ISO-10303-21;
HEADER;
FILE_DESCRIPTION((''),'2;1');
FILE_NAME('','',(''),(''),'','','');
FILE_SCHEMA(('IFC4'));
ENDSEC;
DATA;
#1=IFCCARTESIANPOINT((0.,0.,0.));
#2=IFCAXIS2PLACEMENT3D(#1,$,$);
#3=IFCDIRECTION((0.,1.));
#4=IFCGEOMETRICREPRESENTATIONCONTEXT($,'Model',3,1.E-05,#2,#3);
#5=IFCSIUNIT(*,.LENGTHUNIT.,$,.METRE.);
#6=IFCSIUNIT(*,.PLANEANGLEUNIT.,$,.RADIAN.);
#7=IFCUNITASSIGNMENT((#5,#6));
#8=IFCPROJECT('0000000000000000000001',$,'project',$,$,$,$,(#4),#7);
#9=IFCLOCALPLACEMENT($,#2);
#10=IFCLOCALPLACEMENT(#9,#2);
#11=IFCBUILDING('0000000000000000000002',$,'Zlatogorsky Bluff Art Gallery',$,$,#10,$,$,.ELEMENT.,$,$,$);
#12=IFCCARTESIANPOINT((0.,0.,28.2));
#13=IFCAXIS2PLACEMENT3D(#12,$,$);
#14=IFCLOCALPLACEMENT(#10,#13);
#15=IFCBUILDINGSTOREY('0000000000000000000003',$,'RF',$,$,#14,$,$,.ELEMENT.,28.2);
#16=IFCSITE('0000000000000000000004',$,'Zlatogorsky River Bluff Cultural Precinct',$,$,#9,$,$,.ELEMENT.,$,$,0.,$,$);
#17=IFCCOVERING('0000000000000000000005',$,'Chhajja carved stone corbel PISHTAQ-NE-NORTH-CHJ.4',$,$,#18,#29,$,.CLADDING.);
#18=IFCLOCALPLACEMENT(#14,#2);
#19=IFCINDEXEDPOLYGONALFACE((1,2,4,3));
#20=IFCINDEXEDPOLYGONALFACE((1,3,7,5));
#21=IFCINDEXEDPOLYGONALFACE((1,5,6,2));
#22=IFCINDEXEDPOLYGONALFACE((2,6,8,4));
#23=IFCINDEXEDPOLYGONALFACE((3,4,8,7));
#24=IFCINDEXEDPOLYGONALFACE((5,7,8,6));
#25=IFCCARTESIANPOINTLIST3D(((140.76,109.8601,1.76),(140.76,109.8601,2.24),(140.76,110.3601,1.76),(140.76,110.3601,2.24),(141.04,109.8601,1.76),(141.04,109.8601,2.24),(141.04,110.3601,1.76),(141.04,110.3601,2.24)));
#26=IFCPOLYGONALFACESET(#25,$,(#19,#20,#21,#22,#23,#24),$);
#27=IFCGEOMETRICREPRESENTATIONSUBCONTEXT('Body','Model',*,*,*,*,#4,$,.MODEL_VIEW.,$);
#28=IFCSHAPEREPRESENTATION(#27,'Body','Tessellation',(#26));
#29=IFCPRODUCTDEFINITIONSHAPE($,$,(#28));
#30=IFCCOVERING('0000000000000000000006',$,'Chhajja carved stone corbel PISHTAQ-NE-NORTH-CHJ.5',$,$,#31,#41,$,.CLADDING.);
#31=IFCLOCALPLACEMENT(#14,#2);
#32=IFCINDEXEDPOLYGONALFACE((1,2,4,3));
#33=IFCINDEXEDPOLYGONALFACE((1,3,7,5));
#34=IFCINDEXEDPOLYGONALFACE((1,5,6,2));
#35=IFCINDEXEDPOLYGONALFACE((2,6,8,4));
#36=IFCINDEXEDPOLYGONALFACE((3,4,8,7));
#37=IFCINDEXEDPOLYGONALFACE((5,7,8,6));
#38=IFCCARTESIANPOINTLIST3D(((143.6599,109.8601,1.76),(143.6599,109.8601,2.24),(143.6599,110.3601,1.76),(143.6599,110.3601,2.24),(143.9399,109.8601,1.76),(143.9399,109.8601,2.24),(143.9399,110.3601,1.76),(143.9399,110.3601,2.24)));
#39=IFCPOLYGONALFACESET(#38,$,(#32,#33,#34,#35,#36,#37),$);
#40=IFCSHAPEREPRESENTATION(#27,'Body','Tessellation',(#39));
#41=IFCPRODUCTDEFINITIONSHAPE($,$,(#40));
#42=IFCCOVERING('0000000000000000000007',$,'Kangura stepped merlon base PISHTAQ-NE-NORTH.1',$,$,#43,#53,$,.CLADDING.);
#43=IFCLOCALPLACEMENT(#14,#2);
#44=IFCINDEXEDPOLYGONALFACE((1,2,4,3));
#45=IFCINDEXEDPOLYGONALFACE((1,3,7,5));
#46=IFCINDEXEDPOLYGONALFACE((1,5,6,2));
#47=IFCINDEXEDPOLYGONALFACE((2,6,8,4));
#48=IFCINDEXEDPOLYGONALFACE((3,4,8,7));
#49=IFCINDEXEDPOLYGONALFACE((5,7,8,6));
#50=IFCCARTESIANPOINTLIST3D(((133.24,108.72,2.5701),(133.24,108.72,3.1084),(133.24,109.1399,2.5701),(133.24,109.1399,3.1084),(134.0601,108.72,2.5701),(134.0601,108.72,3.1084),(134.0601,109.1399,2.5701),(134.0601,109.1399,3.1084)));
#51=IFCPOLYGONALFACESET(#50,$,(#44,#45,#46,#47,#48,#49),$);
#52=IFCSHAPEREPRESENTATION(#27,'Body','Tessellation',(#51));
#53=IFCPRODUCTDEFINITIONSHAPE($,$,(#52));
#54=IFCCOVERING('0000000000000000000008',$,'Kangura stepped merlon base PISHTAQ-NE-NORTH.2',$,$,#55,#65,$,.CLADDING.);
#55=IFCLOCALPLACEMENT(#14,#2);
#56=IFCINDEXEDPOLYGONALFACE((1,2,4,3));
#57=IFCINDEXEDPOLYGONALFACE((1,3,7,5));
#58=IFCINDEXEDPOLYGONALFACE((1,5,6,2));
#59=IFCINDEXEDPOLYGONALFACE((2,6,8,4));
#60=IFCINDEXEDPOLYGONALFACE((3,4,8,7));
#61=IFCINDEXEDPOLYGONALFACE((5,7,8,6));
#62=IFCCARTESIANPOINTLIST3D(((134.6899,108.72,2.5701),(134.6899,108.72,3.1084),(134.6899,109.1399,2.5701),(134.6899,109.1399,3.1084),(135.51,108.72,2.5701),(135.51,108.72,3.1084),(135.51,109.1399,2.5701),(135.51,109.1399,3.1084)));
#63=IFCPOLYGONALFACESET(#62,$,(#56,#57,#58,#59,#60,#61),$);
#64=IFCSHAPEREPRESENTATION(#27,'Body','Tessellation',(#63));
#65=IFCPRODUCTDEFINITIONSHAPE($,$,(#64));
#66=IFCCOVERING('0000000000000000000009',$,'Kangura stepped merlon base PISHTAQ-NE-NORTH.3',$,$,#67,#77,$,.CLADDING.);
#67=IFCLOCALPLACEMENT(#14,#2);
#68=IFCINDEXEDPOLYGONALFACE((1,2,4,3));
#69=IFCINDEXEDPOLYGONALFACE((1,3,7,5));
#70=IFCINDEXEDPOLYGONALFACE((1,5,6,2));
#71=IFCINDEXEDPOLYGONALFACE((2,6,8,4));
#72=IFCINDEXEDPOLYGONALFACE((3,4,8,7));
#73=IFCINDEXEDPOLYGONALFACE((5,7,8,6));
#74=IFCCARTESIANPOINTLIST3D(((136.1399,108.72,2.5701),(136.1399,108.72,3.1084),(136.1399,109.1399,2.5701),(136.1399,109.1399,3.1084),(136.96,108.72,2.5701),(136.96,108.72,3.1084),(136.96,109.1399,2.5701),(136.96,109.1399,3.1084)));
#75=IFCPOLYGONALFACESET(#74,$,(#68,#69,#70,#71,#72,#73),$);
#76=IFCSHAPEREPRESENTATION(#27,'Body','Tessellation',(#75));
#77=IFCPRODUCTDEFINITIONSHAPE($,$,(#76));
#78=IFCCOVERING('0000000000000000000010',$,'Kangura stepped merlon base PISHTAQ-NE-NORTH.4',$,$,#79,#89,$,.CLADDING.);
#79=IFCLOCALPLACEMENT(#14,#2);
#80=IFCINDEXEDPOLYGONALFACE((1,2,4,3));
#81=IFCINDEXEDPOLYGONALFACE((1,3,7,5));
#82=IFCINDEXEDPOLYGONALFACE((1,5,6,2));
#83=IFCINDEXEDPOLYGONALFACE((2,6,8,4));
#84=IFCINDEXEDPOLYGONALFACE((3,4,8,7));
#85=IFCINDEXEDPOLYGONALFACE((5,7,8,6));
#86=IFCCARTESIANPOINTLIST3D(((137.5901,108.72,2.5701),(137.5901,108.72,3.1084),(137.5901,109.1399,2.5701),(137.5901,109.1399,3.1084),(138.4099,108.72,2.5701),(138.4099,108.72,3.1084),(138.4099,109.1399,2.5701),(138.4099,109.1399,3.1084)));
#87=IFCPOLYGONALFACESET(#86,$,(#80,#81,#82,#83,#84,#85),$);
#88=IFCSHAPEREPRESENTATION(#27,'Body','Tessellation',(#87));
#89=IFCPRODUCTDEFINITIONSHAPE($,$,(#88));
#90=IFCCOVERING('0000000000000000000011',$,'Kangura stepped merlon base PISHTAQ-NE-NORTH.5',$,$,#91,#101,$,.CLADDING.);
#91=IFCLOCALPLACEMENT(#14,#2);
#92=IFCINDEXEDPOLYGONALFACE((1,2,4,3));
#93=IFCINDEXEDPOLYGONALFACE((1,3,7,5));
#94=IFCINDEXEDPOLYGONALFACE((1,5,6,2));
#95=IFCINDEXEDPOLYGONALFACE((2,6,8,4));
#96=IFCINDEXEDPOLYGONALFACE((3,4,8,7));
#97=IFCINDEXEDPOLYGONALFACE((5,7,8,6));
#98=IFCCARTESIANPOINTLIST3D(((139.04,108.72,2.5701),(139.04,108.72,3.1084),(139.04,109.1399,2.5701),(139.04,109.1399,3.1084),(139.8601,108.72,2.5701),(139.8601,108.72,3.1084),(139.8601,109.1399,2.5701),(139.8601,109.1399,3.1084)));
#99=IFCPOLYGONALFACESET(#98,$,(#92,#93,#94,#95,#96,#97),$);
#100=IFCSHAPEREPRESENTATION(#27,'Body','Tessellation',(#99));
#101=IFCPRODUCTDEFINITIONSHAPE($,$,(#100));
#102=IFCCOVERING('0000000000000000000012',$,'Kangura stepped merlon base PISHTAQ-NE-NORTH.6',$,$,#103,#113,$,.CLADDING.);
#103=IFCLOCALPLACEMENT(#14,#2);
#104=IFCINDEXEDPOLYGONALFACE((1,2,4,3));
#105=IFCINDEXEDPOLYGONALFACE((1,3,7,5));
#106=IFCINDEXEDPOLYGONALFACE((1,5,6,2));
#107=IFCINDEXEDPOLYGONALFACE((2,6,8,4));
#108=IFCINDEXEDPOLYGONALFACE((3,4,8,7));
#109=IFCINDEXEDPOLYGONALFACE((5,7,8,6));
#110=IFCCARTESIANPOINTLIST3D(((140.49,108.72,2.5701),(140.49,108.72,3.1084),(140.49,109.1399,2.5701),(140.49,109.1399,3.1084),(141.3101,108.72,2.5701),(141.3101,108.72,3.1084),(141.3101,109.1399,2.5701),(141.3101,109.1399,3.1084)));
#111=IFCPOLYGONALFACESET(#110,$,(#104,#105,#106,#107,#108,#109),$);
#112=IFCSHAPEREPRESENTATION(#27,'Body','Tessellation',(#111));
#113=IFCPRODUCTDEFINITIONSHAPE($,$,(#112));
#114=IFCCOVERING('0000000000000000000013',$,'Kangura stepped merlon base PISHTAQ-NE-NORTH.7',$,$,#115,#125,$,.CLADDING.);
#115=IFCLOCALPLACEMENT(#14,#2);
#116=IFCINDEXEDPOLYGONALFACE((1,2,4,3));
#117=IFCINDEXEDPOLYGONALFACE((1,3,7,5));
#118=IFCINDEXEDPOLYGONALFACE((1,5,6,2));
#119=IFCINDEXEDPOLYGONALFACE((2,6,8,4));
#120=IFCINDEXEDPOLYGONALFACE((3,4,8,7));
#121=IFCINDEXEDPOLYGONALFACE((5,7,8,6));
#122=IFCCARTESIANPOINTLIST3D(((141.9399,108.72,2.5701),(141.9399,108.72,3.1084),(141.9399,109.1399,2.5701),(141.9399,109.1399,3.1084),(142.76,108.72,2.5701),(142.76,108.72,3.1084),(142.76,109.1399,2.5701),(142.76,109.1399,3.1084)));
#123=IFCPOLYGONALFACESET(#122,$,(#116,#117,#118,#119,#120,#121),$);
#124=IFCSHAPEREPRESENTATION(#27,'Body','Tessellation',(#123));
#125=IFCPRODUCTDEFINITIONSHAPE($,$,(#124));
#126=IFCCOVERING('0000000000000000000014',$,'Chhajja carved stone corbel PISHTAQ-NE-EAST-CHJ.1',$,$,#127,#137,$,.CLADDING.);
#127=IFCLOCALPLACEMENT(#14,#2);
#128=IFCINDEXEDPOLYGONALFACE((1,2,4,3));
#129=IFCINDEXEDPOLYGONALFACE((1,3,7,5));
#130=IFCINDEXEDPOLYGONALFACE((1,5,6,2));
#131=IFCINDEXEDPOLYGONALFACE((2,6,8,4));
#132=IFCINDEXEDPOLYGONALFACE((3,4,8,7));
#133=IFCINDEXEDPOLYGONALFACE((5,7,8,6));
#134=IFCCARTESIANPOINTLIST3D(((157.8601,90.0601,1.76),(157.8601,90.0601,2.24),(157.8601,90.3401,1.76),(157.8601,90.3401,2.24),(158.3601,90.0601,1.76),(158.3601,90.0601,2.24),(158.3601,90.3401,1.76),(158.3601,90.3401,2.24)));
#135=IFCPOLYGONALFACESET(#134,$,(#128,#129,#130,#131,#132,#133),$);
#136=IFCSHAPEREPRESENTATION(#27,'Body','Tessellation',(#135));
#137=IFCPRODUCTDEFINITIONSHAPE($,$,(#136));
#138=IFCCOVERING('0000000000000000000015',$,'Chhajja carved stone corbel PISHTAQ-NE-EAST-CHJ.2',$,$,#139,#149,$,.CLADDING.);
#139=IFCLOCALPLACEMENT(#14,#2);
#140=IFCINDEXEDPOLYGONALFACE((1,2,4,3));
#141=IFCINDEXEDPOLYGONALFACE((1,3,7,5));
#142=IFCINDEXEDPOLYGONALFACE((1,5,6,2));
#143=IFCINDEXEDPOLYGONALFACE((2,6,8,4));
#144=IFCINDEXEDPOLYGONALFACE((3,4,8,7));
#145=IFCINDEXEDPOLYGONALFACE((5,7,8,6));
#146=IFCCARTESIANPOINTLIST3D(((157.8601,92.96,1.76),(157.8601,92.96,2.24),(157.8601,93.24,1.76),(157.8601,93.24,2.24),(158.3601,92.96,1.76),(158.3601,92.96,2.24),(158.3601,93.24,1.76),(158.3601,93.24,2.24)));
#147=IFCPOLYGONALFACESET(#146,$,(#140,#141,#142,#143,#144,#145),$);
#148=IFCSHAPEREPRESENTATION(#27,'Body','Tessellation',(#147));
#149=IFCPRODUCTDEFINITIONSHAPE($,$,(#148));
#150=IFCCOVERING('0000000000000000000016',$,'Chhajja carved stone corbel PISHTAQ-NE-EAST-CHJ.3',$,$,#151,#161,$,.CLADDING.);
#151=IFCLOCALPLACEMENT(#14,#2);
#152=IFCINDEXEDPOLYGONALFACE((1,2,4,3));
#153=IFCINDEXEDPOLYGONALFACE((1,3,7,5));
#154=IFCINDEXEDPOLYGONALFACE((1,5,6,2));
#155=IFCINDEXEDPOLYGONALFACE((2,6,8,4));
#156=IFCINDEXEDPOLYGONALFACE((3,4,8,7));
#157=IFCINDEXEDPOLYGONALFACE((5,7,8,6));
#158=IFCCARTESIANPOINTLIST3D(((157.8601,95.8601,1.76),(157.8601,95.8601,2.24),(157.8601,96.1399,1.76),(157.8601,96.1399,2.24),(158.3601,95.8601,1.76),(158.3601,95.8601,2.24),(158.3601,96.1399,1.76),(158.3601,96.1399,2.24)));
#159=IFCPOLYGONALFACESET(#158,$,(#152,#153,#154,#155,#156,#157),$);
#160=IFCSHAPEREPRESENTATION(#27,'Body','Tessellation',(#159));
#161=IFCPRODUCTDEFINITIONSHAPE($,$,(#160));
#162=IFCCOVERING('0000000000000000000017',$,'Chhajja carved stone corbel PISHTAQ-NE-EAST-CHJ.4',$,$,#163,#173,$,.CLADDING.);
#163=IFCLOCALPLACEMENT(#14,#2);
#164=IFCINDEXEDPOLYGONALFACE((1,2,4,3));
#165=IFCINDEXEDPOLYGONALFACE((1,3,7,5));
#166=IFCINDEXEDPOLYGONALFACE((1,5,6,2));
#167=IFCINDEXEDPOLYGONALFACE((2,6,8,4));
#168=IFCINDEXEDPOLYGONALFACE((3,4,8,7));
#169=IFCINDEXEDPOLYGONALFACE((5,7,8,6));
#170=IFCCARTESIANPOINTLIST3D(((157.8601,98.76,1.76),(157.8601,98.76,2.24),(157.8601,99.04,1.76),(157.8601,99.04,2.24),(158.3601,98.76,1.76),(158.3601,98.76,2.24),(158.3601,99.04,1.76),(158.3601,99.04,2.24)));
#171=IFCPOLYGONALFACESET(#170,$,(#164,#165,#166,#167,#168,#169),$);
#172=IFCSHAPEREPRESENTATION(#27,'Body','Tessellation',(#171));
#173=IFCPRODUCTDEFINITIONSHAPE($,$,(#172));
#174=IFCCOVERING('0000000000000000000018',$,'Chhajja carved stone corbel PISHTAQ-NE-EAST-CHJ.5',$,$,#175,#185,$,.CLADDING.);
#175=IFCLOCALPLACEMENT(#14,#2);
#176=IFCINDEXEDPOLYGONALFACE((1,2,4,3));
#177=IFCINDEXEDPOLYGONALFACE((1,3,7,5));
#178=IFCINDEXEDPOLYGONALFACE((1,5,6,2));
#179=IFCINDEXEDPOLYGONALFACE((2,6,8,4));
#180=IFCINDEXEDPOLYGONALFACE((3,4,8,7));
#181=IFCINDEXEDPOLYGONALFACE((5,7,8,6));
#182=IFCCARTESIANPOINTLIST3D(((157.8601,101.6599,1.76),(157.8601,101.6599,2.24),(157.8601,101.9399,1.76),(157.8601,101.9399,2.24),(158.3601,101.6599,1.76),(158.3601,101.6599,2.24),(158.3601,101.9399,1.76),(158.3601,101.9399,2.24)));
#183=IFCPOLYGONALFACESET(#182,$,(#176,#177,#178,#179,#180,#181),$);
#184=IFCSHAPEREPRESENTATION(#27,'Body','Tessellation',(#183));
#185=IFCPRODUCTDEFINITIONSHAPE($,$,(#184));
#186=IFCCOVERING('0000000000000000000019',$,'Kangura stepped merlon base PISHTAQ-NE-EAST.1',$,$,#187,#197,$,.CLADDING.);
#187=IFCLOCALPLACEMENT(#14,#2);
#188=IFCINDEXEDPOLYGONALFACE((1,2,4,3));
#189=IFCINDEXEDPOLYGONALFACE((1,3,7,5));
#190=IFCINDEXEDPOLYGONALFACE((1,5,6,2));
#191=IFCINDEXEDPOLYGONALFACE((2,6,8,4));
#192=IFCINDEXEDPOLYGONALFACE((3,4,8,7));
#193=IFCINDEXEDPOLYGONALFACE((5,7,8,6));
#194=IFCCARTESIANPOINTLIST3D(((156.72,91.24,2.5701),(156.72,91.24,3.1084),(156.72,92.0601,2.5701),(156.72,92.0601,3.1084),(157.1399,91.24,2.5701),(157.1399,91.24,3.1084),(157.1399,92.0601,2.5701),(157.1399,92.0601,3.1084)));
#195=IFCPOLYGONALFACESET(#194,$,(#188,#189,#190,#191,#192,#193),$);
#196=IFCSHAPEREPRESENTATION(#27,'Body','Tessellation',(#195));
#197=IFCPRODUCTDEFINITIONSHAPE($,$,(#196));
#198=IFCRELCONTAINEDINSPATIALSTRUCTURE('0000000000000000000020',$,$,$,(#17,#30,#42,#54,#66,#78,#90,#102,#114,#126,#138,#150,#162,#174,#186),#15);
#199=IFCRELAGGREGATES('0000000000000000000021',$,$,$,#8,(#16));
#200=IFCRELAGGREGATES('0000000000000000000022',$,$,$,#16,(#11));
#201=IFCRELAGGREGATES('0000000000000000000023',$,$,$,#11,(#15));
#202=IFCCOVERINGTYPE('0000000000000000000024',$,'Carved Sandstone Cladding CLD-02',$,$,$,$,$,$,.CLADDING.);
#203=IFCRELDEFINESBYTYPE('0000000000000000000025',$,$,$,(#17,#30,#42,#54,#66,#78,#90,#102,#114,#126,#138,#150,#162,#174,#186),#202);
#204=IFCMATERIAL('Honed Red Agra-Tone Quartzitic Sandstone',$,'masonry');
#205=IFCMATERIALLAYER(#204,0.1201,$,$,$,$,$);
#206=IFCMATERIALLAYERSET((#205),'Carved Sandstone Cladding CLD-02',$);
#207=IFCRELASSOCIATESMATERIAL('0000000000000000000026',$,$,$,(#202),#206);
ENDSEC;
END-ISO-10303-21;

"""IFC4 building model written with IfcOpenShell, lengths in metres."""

from ifc_helpers import new_model, si_unit, direction, frame, origin, place, context, subcontext, project, spatial, polyline, outline, extrude, material, layer, layer_set, type_object, element, save


model = new_model("IFC4")

# Units and contexts
model_context = context("Model", 3, precision=1e-05, world=origin(), true_north=direction((0.0, 1.0)))
body_context = subcontext(model_context, "Body", "Model", "MODEL_VIEW")
ifc_project = project(units=[si_unit("LENGTHUNIT", "METRE"), si_unit("PLANEANGLEUNIT", "RADIAN")], contexts=[model_context])

# Site, building, storey
site_placement = place(None, origin())
site = spatial("IfcSite", under=ifc_project, at=site_placement, Name="Zlatogorsky River Bluff Cultural Precinct", CompositionType="ELEMENT", RefElevation=0.0)
building_placement = place(site_placement, origin())
building = spatial("IfcBuilding", under=site, at=building_placement, Name="Zlatogorsky Bluff Art Gallery", CompositionType="ELEMENT")
storey_placement = place(building_placement, frame((0.0, 0.0, 28.2)))
storey = spatial("IfcBuildingStorey", under=building, at=storey_placement, Name="RF", CompositionType="ELEMENT", Elevation=28.2)

# Coverings
ifc_material = material(Name="Honed Red Agra-Tone Quartzitic Sandstone", Category="masonry")
ifc_layer = layer(ifc_material, 0.1201)
ifc_layer_set = layer_set([ifc_layer], Name="Carved Sandstone Cladding CLD-02")
covering_type = type_object("IfcCoveringType", Name="Carved Sandstone Cladding CLD-02", PredefinedType="CLADDING", material=ifc_layer_set)
covering_1_placement = place(storey_placement, frame((0.0, 0.0, 1.76)))
element("IfcCovering", 1, at=covering_1_placement, inside=storey, type_object=covering_type, Name="Chhajja carved stone corbel PISHTAQ-NE-NORTH-CHJ.4", PredefinedType="CLADDING", context=body_context, shape_type="SweptSolid", body=[
    extrude(outline(polyline([(140.76, 109.8601), (141.04, 109.8601), (141.04, 110.3601), (140.76, 110.3601), (140.76, 109.8601)])), origin(), (0.0, 0.0, 1.0), 0.48),
])
covering_2_placement = place(storey_placement, frame((0.0, 0.0, 1.76)))
element("IfcCovering", 2, at=covering_2_placement, inside=storey, type_object=covering_type, Name="Chhajja carved stone corbel PISHTAQ-NE-NORTH-CHJ.5", PredefinedType="CLADDING", context=body_context, shape_type="SweptSolid", body=[
    extrude(outline(polyline([(143.6599, 109.8601), (143.9399, 109.8601), (143.9399, 110.3601), (143.6599, 110.3601), (143.6599, 109.8601)])), origin(), (0.0, 0.0, 1.0), 0.48),
])
covering_3_placement = place(storey_placement, frame((0.0, 0.0, 2.5701)))
element("IfcCovering", 3, at=covering_3_placement, inside=storey, type_object=covering_type, Name="Kangura stepped merlon base PISHTAQ-NE-NORTH.1", PredefinedType="CLADDING", context=body_context, shape_type="SweptSolid", body=[
    extrude(outline(polyline([(133.24, 108.72), (134.0601, 108.72), (134.0601, 109.1399), (133.24, 109.1399), (133.24, 108.72)])), origin(), (0.0, 0.0, 1.0), 0.5383),
])
covering_4_placement = place(storey_placement, frame((0.0, 0.0, 2.5701)))
element("IfcCovering", 4, at=covering_4_placement, inside=storey, type_object=covering_type, Name="Kangura stepped merlon base PISHTAQ-NE-NORTH.2", PredefinedType="CLADDING", context=body_context, shape_type="SweptSolid", body=[
    extrude(outline(polyline([(134.6899, 108.72), (135.51, 108.72), (135.51, 109.1399), (134.6899, 109.1399), (134.6899, 108.72)])), origin(), (0.0, 0.0, 1.0), 0.5383),
])
covering_5_placement = place(storey_placement, frame((0.0, 0.0, 2.5701)))
element("IfcCovering", 5, at=covering_5_placement, inside=storey, type_object=covering_type, Name="Kangura stepped merlon base PISHTAQ-NE-NORTH.3", PredefinedType="CLADDING", context=body_context, shape_type="SweptSolid", body=[
    extrude(outline(polyline([(136.1399, 108.72), (136.96, 108.72), (136.96, 109.1399), (136.1399, 109.1399), (136.1399, 108.72)])), origin(), (0.0, 0.0, 1.0), 0.5383),
])
covering_6_placement = place(storey_placement, frame((0.0, 0.0, 2.5701)))
element("IfcCovering", 6, at=covering_6_placement, inside=storey, type_object=covering_type, Name="Kangura stepped merlon base PISHTAQ-NE-NORTH.4", PredefinedType="CLADDING", context=body_context, shape_type="SweptSolid", body=[
    extrude(outline(polyline([(137.5901, 108.72), (138.4099, 108.72), (138.4099, 109.1399), (137.5901, 109.1399), (137.5901, 108.72)])), origin(), (0.0, 0.0, 1.0), 0.5383),
])
covering_7_placement = place(storey_placement, frame((0.0, 0.0, 2.5701)))
element("IfcCovering", 7, at=covering_7_placement, inside=storey, type_object=covering_type, Name="Kangura stepped merlon base PISHTAQ-NE-NORTH.5", PredefinedType="CLADDING", context=body_context, shape_type="SweptSolid", body=[
    extrude(outline(polyline([(139.04, 108.72), (139.8601, 108.72), (139.8601, 109.1399), (139.04, 109.1399), (139.04, 108.72)])), origin(), (0.0, 0.0, 1.0), 0.5383),
])
covering_8_placement = place(storey_placement, frame((0.0, 0.0, 2.5701)))
element("IfcCovering", 8, at=covering_8_placement, inside=storey, type_object=covering_type, Name="Kangura stepped merlon base PISHTAQ-NE-NORTH.6", PredefinedType="CLADDING", context=body_context, shape_type="SweptSolid", body=[
    extrude(outline(polyline([(140.49, 108.72), (141.3101, 108.72), (141.3101, 109.1399), (140.49, 109.1399), (140.49, 108.72)])), origin(), (0.0, 0.0, 1.0), 0.5383),
])
covering_9_placement = place(storey_placement, frame((0.0, 0.0, 2.5701)))
element("IfcCovering", 9, at=covering_9_placement, inside=storey, type_object=covering_type, Name="Kangura stepped merlon base PISHTAQ-NE-NORTH.7", PredefinedType="CLADDING", context=body_context, shape_type="SweptSolid", body=[
    extrude(outline(polyline([(141.9399, 108.72), (142.76, 108.72), (142.76, 109.1399), (141.9399, 109.1399), (141.9399, 108.72)])), origin(), (0.0, 0.0, 1.0), 0.5383),
])
covering_10_placement = place(storey_placement, frame((0.0, 0.0, 1.76)))
element("IfcCovering", 10, at=covering_10_placement, inside=storey, type_object=covering_type, Name="Chhajja carved stone corbel PISHTAQ-NE-EAST-CHJ.1", PredefinedType="CLADDING", context=body_context, shape_type="SweptSolid", body=[
    extrude(outline(polyline([(157.8601, 90.0601), (157.8601, 90.3401), (158.3601, 90.3401), (158.3601, 90.0601), (157.8601, 90.0601)])), origin(), (0.0, 0.0, 1.0), 0.48),
])
covering_11_placement = place(storey_placement, frame((0.0, 0.0, 1.76)))
element("IfcCovering", 11, at=covering_11_placement, inside=storey, type_object=covering_type, Name="Chhajja carved stone corbel PISHTAQ-NE-EAST-CHJ.2", PredefinedType="CLADDING", context=body_context, shape_type="SweptSolid", body=[
    extrude(outline(polyline([(157.8601, 92.96), (157.8601, 93.24), (158.3601, 93.24), (158.3601, 92.96), (157.8601, 92.96)])), origin(), (0.0, 0.0, 1.0), 0.48),
])
covering_12_placement = place(storey_placement, frame((0.0, 0.0, 1.76)))
element("IfcCovering", 12, at=covering_12_placement, inside=storey, type_object=covering_type, Name="Chhajja carved stone corbel PISHTAQ-NE-EAST-CHJ.3", PredefinedType="CLADDING", context=body_context, shape_type="SweptSolid", body=[
    extrude(outline(polyline([(157.8601, 95.8601), (157.8601, 96.1399), (158.3601, 96.1399), (158.3601, 95.8601), (157.8601, 95.8601)])), origin(), (0.0, 0.0, 1.0), 0.48),
])
covering_13_placement = place(storey_placement, frame((0.0, 0.0, 1.76)))
element("IfcCovering", 13, at=covering_13_placement, inside=storey, type_object=covering_type, Name="Chhajja carved stone corbel PISHTAQ-NE-EAST-CHJ.4", PredefinedType="CLADDING", context=body_context, shape_type="SweptSolid", body=[
    extrude(outline(polyline([(157.8601, 98.76), (157.8601, 99.04), (158.3601, 99.04), (158.3601, 98.76), (157.8601, 98.76)])), origin(), (0.0, 0.0, 1.0), 0.48),
])
covering_14_placement = place(storey_placement, frame((0.0, 0.0, 1.76)))
element("IfcCovering", 14, at=covering_14_placement, inside=storey, type_object=covering_type, Name="Chhajja carved stone corbel PISHTAQ-NE-EAST-CHJ.5", PredefinedType="CLADDING", context=body_context, shape_type="SweptSolid", body=[
    extrude(outline(polyline([(157.8601, 101.6599), (157.8601, 101.9399), (158.3601, 101.9399), (158.3601, 101.6599), (157.8601, 101.6599)])), origin(), (0.0, 0.0, 1.0), 0.48),
])
covering_15_placement = place(storey_placement, frame((0.0, 0.0, 2.5701)))
element("IfcCovering", 15, at=covering_15_placement, inside=storey, type_object=covering_type, Name="Kangura stepped merlon base PISHTAQ-NE-EAST.1", PredefinedType="CLADDING", context=body_context, shape_type="SweptSolid", body=[
    extrude(outline(polyline([(156.72, 91.24), (156.72, 92.0601), (157.1399, 92.0601), (157.1399, 91.24), (156.72, 91.24)])), origin(), (0.0, 0.0, 1.0), 0.5383),
])

save(model, "model.ifc")
